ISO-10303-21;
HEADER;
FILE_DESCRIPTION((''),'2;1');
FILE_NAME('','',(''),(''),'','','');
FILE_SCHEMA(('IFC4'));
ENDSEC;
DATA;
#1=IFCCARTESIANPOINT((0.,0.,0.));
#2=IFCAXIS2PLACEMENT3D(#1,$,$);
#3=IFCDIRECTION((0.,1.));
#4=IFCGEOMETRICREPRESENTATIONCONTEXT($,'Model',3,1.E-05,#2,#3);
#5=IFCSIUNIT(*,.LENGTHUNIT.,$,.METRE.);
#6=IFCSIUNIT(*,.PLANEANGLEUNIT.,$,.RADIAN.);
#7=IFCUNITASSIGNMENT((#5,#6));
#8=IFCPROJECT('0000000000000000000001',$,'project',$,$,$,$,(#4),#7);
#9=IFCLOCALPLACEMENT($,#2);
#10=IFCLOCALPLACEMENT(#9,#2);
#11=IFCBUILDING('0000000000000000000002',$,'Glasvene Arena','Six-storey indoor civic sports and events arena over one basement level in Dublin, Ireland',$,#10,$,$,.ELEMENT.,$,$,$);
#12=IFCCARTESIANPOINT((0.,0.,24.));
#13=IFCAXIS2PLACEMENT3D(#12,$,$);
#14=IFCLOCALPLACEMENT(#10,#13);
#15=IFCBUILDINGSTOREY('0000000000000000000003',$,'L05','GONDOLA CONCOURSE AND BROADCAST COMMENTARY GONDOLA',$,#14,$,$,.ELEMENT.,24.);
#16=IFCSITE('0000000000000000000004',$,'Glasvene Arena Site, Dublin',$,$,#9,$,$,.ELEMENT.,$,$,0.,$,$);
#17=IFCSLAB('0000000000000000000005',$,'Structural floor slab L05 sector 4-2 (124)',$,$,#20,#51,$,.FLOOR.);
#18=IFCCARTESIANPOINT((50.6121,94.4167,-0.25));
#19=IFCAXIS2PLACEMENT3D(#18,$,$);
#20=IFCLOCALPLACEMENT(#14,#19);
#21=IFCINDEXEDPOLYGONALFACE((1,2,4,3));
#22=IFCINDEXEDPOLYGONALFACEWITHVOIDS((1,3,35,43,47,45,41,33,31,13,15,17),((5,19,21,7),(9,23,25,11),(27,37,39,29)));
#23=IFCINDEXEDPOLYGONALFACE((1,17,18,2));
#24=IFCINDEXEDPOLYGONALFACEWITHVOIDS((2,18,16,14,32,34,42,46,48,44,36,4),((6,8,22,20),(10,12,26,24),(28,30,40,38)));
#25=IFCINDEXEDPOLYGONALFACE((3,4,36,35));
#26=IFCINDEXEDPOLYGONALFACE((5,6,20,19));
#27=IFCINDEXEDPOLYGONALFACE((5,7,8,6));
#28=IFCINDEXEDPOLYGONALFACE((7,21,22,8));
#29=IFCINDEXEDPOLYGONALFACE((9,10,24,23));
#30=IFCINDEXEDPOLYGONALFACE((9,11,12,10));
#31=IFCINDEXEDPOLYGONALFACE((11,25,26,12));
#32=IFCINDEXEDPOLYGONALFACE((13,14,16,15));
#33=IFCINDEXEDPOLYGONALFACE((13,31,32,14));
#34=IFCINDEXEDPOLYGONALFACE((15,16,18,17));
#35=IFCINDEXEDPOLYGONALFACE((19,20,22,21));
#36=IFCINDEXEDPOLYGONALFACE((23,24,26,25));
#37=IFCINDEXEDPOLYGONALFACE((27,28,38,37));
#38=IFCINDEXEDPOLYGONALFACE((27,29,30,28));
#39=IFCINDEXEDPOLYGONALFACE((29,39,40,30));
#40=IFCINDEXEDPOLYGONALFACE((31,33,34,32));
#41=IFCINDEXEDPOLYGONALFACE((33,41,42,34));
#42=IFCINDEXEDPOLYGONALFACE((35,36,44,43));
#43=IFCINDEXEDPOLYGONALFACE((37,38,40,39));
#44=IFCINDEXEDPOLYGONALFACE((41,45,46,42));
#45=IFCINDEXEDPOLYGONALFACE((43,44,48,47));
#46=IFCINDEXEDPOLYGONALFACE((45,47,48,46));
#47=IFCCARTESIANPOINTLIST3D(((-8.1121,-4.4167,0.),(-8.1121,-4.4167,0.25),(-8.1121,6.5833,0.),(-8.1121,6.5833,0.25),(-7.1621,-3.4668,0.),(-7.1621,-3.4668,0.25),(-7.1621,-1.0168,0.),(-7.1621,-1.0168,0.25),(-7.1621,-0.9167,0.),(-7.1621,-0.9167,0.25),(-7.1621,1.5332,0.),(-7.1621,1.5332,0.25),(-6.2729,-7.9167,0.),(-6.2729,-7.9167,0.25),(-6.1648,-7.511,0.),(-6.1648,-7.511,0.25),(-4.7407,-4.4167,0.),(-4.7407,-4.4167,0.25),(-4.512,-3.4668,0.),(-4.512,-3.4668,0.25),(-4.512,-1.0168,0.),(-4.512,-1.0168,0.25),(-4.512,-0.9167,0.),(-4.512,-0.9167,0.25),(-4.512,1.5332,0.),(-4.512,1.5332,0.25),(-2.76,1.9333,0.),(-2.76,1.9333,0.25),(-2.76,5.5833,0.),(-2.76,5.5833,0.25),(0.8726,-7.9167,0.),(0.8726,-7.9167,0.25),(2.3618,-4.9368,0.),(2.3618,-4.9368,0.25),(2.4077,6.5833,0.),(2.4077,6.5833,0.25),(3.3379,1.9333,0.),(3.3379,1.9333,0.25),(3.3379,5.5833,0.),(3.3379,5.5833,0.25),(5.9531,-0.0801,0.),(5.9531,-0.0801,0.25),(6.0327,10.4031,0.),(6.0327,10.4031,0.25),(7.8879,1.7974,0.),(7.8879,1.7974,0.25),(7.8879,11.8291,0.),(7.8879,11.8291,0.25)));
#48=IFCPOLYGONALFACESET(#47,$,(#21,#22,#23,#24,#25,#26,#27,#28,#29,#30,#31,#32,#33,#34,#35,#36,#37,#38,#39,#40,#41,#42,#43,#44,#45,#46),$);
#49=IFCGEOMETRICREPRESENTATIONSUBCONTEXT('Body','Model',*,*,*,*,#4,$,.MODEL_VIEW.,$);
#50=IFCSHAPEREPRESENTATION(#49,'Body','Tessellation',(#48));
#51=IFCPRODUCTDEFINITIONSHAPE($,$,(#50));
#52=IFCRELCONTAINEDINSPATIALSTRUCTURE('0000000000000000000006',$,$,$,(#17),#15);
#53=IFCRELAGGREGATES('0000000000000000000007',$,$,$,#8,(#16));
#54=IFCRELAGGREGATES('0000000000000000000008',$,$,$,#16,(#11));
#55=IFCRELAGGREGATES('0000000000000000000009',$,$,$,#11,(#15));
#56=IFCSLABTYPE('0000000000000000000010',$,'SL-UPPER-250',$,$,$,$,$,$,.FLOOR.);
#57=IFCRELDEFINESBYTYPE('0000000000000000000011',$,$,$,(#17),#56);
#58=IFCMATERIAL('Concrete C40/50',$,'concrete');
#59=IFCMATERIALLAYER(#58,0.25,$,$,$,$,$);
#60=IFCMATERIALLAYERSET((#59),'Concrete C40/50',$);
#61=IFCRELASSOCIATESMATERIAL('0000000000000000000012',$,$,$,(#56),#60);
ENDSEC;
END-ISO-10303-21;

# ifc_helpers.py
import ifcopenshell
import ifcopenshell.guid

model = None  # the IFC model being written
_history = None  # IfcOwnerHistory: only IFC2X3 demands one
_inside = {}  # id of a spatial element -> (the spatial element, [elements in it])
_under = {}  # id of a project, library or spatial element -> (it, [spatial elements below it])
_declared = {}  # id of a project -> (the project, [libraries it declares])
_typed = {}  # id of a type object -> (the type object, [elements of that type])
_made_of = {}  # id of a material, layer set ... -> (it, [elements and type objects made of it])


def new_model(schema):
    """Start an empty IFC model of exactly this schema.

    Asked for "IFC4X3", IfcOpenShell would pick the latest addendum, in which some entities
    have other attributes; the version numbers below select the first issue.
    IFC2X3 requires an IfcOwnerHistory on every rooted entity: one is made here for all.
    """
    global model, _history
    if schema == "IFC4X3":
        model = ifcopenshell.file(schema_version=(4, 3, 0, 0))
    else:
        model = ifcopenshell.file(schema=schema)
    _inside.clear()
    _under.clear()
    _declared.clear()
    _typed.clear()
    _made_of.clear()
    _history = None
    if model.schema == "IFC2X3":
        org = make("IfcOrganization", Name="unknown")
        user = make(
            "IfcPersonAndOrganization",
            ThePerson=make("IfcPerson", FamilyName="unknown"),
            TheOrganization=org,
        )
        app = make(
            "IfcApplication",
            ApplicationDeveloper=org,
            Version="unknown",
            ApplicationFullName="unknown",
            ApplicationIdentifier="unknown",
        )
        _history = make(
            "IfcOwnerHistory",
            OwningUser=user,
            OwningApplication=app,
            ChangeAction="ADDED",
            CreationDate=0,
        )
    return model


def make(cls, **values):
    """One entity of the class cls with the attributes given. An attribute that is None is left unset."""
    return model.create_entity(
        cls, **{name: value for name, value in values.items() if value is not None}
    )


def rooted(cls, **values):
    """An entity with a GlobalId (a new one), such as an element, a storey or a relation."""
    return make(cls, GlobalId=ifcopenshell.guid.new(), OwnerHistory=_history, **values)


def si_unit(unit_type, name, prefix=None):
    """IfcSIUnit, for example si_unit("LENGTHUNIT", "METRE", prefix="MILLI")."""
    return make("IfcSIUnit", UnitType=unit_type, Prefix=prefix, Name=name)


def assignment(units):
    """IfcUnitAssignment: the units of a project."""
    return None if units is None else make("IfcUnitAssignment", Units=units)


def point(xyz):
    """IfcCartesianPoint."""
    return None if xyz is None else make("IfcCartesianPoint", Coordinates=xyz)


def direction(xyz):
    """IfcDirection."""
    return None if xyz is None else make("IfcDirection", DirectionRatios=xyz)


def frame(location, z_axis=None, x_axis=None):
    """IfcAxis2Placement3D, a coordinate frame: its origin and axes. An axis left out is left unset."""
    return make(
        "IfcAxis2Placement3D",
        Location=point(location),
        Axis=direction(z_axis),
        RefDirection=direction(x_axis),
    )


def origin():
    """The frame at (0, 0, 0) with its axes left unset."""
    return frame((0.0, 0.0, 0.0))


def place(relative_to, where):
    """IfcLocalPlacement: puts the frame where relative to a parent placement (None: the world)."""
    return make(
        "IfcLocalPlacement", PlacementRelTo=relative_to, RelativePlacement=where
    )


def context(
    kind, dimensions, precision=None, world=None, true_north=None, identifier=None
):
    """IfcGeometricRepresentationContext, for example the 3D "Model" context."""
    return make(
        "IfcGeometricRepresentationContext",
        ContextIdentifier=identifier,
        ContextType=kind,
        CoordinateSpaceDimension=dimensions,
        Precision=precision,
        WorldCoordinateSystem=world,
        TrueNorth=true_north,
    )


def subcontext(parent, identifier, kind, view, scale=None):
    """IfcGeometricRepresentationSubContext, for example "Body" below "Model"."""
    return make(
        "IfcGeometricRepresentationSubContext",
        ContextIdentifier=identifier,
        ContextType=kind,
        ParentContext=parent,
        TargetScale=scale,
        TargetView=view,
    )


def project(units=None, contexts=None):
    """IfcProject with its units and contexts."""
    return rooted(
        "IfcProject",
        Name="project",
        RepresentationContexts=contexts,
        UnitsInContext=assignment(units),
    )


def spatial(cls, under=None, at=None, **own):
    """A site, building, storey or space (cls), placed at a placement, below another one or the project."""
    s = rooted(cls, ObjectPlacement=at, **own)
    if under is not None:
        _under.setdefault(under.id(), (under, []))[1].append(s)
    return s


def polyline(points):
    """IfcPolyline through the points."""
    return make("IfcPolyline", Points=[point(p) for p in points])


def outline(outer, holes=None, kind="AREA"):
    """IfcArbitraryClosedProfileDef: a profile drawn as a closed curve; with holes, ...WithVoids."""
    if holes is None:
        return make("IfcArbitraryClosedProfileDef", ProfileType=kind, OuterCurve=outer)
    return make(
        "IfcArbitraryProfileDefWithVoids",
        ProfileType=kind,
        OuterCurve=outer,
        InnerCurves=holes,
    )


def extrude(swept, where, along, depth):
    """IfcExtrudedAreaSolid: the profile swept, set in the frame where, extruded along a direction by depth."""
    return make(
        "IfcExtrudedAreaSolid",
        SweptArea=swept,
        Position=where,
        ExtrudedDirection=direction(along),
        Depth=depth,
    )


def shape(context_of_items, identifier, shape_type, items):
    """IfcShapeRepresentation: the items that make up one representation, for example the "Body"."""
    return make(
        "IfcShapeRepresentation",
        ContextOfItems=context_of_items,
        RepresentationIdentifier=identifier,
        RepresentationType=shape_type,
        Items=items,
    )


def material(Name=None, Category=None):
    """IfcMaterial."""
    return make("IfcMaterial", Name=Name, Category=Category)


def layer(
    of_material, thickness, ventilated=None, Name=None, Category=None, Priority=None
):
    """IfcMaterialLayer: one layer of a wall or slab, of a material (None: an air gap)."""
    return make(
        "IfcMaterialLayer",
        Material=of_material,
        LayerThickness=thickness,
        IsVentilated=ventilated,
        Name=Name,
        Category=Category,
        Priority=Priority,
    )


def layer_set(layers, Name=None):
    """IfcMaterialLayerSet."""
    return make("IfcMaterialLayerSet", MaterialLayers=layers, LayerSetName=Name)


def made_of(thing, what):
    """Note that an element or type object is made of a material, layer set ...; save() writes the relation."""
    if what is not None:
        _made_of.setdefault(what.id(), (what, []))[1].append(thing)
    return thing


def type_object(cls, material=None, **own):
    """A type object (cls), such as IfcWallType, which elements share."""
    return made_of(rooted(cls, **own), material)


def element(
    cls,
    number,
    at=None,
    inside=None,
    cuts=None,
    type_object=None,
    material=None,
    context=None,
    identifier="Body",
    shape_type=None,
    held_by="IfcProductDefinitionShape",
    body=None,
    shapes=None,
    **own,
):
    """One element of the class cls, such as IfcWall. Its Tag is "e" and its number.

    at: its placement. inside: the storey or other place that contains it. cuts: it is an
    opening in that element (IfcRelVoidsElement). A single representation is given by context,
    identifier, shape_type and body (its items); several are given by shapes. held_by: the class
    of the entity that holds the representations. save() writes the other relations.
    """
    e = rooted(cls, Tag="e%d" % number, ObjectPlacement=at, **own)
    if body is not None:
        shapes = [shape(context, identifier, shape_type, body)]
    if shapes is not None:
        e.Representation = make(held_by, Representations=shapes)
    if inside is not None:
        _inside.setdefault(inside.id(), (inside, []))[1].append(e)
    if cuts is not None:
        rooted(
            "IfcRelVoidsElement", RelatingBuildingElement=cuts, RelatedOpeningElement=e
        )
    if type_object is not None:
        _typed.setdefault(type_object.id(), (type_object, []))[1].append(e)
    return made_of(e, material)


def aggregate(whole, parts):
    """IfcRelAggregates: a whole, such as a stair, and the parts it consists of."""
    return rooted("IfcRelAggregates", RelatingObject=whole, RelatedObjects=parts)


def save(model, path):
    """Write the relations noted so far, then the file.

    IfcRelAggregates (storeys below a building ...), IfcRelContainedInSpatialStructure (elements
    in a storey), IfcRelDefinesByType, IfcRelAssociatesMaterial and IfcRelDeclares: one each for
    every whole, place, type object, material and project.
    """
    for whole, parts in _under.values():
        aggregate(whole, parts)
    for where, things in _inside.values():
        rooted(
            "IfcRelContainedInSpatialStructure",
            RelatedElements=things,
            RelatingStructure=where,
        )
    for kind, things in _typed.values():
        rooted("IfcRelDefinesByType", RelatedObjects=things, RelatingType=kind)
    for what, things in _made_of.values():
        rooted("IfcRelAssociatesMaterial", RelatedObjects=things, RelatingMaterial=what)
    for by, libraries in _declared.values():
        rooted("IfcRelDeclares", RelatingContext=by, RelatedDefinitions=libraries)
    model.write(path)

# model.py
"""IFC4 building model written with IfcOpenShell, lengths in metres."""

from ifc_helpers import new_model, si_unit, direction, frame, origin, place, context, subcontext, project, spatial, polyline, outline, extrude, material, layer, layer_set, type_object, element, save


model = new_model("IFC4")

# Units and contexts
model_context = context("Model", 3, precision=1e-05, world=origin(), true_north=direction((0.0, 1.0)))
body_context = subcontext(model_context, "Body", "Model", "MODEL_VIEW")
ifc_project = project(units=[si_unit("LENGTHUNIT", "METRE"), si_unit("PLANEANGLEUNIT", "RADIAN")], contexts=[model_context])

# Site, building, storey
site_placement = place(None, origin())
site = spatial("IfcSite", under=ifc_project, at=site_placement, Name="Glasvene Arena Site, Dublin", CompositionType="ELEMENT", RefElevation=0.0)
building_placement = place(site_placement, origin())
building = spatial("IfcBuilding", under=site, at=building_placement, Name="Glasvene Arena", Description="Six-storey indoor civic sports and events arena over one basement level in Dublin, Ireland", CompositionType="ELEMENT")
storey_placement = place(building_placement, frame((0.0, 0.0, 24.0)))
storey = spatial("IfcBuildingStorey", under=building, at=storey_placement, Name="L05", Description="GONDOLA CONCOURSE AND BROADCAST COMMENTARY GONDOLA", CompositionType="ELEMENT", Elevation=24.0)

# Slab
ifc_material_1 = material(Name="Concrete C40/50", Category="concrete")
ifc_layer_1 = layer(ifc_material_1, 0.25)
ifc_layer_set_1 = layer_set([ifc_layer_1], Name="Concrete C40/50")
slab_type = type_object("IfcSlabType", Name="SL-UPPER-250", PredefinedType="FLOOR", material=ifc_layer_set_1)
slab_placement = place(storey_placement, frame((50.6121, 94.4167, -0.25)))
element("IfcSlab", 1, at=slab_placement, inside=storey, type_object=slab_type, Name="Structural floor slab L05 sector 4-2 (124)", PredefinedType="FLOOR", context=body_context, shape_type="SweptSolid", body=[
    extrude(outline(polyline([(-4.7407, -4.4167), (-8.1121, -4.4167), (-8.1121, 6.5833), (2.4077, 6.5833), (6.0327, 10.4031), (7.8879, 11.8291), (7.8879, 1.7974), (5.9531, -0.0801), (2.3618, -4.9368), (0.8726, -7.9167), (-6.2729, -7.9167), (-6.1648, -7.511), (-4.7407, -4.4167)]), holes=[polyline([(-4.512, -1.0168), (-7.1621, -1.0168), (-7.1621, -3.4668), (-4.512, -3.4668), (-4.512, -1.0168)]), polyline([(-4.512, 1.5332), (-7.1621, 1.5332), (-7.1621, -0.9167), (-4.512, -0.9167), (-4.512, 1.5332)]), polyline([(3.3379, 5.5833), (-2.76, 5.5833), (-2.76, 1.9333), (3.3379, 1.9333), (3.3379, 5.5833)])]), origin(), (0.0, 0.0, 1.0), 0.25),
])

save(model, "model.ifc")
